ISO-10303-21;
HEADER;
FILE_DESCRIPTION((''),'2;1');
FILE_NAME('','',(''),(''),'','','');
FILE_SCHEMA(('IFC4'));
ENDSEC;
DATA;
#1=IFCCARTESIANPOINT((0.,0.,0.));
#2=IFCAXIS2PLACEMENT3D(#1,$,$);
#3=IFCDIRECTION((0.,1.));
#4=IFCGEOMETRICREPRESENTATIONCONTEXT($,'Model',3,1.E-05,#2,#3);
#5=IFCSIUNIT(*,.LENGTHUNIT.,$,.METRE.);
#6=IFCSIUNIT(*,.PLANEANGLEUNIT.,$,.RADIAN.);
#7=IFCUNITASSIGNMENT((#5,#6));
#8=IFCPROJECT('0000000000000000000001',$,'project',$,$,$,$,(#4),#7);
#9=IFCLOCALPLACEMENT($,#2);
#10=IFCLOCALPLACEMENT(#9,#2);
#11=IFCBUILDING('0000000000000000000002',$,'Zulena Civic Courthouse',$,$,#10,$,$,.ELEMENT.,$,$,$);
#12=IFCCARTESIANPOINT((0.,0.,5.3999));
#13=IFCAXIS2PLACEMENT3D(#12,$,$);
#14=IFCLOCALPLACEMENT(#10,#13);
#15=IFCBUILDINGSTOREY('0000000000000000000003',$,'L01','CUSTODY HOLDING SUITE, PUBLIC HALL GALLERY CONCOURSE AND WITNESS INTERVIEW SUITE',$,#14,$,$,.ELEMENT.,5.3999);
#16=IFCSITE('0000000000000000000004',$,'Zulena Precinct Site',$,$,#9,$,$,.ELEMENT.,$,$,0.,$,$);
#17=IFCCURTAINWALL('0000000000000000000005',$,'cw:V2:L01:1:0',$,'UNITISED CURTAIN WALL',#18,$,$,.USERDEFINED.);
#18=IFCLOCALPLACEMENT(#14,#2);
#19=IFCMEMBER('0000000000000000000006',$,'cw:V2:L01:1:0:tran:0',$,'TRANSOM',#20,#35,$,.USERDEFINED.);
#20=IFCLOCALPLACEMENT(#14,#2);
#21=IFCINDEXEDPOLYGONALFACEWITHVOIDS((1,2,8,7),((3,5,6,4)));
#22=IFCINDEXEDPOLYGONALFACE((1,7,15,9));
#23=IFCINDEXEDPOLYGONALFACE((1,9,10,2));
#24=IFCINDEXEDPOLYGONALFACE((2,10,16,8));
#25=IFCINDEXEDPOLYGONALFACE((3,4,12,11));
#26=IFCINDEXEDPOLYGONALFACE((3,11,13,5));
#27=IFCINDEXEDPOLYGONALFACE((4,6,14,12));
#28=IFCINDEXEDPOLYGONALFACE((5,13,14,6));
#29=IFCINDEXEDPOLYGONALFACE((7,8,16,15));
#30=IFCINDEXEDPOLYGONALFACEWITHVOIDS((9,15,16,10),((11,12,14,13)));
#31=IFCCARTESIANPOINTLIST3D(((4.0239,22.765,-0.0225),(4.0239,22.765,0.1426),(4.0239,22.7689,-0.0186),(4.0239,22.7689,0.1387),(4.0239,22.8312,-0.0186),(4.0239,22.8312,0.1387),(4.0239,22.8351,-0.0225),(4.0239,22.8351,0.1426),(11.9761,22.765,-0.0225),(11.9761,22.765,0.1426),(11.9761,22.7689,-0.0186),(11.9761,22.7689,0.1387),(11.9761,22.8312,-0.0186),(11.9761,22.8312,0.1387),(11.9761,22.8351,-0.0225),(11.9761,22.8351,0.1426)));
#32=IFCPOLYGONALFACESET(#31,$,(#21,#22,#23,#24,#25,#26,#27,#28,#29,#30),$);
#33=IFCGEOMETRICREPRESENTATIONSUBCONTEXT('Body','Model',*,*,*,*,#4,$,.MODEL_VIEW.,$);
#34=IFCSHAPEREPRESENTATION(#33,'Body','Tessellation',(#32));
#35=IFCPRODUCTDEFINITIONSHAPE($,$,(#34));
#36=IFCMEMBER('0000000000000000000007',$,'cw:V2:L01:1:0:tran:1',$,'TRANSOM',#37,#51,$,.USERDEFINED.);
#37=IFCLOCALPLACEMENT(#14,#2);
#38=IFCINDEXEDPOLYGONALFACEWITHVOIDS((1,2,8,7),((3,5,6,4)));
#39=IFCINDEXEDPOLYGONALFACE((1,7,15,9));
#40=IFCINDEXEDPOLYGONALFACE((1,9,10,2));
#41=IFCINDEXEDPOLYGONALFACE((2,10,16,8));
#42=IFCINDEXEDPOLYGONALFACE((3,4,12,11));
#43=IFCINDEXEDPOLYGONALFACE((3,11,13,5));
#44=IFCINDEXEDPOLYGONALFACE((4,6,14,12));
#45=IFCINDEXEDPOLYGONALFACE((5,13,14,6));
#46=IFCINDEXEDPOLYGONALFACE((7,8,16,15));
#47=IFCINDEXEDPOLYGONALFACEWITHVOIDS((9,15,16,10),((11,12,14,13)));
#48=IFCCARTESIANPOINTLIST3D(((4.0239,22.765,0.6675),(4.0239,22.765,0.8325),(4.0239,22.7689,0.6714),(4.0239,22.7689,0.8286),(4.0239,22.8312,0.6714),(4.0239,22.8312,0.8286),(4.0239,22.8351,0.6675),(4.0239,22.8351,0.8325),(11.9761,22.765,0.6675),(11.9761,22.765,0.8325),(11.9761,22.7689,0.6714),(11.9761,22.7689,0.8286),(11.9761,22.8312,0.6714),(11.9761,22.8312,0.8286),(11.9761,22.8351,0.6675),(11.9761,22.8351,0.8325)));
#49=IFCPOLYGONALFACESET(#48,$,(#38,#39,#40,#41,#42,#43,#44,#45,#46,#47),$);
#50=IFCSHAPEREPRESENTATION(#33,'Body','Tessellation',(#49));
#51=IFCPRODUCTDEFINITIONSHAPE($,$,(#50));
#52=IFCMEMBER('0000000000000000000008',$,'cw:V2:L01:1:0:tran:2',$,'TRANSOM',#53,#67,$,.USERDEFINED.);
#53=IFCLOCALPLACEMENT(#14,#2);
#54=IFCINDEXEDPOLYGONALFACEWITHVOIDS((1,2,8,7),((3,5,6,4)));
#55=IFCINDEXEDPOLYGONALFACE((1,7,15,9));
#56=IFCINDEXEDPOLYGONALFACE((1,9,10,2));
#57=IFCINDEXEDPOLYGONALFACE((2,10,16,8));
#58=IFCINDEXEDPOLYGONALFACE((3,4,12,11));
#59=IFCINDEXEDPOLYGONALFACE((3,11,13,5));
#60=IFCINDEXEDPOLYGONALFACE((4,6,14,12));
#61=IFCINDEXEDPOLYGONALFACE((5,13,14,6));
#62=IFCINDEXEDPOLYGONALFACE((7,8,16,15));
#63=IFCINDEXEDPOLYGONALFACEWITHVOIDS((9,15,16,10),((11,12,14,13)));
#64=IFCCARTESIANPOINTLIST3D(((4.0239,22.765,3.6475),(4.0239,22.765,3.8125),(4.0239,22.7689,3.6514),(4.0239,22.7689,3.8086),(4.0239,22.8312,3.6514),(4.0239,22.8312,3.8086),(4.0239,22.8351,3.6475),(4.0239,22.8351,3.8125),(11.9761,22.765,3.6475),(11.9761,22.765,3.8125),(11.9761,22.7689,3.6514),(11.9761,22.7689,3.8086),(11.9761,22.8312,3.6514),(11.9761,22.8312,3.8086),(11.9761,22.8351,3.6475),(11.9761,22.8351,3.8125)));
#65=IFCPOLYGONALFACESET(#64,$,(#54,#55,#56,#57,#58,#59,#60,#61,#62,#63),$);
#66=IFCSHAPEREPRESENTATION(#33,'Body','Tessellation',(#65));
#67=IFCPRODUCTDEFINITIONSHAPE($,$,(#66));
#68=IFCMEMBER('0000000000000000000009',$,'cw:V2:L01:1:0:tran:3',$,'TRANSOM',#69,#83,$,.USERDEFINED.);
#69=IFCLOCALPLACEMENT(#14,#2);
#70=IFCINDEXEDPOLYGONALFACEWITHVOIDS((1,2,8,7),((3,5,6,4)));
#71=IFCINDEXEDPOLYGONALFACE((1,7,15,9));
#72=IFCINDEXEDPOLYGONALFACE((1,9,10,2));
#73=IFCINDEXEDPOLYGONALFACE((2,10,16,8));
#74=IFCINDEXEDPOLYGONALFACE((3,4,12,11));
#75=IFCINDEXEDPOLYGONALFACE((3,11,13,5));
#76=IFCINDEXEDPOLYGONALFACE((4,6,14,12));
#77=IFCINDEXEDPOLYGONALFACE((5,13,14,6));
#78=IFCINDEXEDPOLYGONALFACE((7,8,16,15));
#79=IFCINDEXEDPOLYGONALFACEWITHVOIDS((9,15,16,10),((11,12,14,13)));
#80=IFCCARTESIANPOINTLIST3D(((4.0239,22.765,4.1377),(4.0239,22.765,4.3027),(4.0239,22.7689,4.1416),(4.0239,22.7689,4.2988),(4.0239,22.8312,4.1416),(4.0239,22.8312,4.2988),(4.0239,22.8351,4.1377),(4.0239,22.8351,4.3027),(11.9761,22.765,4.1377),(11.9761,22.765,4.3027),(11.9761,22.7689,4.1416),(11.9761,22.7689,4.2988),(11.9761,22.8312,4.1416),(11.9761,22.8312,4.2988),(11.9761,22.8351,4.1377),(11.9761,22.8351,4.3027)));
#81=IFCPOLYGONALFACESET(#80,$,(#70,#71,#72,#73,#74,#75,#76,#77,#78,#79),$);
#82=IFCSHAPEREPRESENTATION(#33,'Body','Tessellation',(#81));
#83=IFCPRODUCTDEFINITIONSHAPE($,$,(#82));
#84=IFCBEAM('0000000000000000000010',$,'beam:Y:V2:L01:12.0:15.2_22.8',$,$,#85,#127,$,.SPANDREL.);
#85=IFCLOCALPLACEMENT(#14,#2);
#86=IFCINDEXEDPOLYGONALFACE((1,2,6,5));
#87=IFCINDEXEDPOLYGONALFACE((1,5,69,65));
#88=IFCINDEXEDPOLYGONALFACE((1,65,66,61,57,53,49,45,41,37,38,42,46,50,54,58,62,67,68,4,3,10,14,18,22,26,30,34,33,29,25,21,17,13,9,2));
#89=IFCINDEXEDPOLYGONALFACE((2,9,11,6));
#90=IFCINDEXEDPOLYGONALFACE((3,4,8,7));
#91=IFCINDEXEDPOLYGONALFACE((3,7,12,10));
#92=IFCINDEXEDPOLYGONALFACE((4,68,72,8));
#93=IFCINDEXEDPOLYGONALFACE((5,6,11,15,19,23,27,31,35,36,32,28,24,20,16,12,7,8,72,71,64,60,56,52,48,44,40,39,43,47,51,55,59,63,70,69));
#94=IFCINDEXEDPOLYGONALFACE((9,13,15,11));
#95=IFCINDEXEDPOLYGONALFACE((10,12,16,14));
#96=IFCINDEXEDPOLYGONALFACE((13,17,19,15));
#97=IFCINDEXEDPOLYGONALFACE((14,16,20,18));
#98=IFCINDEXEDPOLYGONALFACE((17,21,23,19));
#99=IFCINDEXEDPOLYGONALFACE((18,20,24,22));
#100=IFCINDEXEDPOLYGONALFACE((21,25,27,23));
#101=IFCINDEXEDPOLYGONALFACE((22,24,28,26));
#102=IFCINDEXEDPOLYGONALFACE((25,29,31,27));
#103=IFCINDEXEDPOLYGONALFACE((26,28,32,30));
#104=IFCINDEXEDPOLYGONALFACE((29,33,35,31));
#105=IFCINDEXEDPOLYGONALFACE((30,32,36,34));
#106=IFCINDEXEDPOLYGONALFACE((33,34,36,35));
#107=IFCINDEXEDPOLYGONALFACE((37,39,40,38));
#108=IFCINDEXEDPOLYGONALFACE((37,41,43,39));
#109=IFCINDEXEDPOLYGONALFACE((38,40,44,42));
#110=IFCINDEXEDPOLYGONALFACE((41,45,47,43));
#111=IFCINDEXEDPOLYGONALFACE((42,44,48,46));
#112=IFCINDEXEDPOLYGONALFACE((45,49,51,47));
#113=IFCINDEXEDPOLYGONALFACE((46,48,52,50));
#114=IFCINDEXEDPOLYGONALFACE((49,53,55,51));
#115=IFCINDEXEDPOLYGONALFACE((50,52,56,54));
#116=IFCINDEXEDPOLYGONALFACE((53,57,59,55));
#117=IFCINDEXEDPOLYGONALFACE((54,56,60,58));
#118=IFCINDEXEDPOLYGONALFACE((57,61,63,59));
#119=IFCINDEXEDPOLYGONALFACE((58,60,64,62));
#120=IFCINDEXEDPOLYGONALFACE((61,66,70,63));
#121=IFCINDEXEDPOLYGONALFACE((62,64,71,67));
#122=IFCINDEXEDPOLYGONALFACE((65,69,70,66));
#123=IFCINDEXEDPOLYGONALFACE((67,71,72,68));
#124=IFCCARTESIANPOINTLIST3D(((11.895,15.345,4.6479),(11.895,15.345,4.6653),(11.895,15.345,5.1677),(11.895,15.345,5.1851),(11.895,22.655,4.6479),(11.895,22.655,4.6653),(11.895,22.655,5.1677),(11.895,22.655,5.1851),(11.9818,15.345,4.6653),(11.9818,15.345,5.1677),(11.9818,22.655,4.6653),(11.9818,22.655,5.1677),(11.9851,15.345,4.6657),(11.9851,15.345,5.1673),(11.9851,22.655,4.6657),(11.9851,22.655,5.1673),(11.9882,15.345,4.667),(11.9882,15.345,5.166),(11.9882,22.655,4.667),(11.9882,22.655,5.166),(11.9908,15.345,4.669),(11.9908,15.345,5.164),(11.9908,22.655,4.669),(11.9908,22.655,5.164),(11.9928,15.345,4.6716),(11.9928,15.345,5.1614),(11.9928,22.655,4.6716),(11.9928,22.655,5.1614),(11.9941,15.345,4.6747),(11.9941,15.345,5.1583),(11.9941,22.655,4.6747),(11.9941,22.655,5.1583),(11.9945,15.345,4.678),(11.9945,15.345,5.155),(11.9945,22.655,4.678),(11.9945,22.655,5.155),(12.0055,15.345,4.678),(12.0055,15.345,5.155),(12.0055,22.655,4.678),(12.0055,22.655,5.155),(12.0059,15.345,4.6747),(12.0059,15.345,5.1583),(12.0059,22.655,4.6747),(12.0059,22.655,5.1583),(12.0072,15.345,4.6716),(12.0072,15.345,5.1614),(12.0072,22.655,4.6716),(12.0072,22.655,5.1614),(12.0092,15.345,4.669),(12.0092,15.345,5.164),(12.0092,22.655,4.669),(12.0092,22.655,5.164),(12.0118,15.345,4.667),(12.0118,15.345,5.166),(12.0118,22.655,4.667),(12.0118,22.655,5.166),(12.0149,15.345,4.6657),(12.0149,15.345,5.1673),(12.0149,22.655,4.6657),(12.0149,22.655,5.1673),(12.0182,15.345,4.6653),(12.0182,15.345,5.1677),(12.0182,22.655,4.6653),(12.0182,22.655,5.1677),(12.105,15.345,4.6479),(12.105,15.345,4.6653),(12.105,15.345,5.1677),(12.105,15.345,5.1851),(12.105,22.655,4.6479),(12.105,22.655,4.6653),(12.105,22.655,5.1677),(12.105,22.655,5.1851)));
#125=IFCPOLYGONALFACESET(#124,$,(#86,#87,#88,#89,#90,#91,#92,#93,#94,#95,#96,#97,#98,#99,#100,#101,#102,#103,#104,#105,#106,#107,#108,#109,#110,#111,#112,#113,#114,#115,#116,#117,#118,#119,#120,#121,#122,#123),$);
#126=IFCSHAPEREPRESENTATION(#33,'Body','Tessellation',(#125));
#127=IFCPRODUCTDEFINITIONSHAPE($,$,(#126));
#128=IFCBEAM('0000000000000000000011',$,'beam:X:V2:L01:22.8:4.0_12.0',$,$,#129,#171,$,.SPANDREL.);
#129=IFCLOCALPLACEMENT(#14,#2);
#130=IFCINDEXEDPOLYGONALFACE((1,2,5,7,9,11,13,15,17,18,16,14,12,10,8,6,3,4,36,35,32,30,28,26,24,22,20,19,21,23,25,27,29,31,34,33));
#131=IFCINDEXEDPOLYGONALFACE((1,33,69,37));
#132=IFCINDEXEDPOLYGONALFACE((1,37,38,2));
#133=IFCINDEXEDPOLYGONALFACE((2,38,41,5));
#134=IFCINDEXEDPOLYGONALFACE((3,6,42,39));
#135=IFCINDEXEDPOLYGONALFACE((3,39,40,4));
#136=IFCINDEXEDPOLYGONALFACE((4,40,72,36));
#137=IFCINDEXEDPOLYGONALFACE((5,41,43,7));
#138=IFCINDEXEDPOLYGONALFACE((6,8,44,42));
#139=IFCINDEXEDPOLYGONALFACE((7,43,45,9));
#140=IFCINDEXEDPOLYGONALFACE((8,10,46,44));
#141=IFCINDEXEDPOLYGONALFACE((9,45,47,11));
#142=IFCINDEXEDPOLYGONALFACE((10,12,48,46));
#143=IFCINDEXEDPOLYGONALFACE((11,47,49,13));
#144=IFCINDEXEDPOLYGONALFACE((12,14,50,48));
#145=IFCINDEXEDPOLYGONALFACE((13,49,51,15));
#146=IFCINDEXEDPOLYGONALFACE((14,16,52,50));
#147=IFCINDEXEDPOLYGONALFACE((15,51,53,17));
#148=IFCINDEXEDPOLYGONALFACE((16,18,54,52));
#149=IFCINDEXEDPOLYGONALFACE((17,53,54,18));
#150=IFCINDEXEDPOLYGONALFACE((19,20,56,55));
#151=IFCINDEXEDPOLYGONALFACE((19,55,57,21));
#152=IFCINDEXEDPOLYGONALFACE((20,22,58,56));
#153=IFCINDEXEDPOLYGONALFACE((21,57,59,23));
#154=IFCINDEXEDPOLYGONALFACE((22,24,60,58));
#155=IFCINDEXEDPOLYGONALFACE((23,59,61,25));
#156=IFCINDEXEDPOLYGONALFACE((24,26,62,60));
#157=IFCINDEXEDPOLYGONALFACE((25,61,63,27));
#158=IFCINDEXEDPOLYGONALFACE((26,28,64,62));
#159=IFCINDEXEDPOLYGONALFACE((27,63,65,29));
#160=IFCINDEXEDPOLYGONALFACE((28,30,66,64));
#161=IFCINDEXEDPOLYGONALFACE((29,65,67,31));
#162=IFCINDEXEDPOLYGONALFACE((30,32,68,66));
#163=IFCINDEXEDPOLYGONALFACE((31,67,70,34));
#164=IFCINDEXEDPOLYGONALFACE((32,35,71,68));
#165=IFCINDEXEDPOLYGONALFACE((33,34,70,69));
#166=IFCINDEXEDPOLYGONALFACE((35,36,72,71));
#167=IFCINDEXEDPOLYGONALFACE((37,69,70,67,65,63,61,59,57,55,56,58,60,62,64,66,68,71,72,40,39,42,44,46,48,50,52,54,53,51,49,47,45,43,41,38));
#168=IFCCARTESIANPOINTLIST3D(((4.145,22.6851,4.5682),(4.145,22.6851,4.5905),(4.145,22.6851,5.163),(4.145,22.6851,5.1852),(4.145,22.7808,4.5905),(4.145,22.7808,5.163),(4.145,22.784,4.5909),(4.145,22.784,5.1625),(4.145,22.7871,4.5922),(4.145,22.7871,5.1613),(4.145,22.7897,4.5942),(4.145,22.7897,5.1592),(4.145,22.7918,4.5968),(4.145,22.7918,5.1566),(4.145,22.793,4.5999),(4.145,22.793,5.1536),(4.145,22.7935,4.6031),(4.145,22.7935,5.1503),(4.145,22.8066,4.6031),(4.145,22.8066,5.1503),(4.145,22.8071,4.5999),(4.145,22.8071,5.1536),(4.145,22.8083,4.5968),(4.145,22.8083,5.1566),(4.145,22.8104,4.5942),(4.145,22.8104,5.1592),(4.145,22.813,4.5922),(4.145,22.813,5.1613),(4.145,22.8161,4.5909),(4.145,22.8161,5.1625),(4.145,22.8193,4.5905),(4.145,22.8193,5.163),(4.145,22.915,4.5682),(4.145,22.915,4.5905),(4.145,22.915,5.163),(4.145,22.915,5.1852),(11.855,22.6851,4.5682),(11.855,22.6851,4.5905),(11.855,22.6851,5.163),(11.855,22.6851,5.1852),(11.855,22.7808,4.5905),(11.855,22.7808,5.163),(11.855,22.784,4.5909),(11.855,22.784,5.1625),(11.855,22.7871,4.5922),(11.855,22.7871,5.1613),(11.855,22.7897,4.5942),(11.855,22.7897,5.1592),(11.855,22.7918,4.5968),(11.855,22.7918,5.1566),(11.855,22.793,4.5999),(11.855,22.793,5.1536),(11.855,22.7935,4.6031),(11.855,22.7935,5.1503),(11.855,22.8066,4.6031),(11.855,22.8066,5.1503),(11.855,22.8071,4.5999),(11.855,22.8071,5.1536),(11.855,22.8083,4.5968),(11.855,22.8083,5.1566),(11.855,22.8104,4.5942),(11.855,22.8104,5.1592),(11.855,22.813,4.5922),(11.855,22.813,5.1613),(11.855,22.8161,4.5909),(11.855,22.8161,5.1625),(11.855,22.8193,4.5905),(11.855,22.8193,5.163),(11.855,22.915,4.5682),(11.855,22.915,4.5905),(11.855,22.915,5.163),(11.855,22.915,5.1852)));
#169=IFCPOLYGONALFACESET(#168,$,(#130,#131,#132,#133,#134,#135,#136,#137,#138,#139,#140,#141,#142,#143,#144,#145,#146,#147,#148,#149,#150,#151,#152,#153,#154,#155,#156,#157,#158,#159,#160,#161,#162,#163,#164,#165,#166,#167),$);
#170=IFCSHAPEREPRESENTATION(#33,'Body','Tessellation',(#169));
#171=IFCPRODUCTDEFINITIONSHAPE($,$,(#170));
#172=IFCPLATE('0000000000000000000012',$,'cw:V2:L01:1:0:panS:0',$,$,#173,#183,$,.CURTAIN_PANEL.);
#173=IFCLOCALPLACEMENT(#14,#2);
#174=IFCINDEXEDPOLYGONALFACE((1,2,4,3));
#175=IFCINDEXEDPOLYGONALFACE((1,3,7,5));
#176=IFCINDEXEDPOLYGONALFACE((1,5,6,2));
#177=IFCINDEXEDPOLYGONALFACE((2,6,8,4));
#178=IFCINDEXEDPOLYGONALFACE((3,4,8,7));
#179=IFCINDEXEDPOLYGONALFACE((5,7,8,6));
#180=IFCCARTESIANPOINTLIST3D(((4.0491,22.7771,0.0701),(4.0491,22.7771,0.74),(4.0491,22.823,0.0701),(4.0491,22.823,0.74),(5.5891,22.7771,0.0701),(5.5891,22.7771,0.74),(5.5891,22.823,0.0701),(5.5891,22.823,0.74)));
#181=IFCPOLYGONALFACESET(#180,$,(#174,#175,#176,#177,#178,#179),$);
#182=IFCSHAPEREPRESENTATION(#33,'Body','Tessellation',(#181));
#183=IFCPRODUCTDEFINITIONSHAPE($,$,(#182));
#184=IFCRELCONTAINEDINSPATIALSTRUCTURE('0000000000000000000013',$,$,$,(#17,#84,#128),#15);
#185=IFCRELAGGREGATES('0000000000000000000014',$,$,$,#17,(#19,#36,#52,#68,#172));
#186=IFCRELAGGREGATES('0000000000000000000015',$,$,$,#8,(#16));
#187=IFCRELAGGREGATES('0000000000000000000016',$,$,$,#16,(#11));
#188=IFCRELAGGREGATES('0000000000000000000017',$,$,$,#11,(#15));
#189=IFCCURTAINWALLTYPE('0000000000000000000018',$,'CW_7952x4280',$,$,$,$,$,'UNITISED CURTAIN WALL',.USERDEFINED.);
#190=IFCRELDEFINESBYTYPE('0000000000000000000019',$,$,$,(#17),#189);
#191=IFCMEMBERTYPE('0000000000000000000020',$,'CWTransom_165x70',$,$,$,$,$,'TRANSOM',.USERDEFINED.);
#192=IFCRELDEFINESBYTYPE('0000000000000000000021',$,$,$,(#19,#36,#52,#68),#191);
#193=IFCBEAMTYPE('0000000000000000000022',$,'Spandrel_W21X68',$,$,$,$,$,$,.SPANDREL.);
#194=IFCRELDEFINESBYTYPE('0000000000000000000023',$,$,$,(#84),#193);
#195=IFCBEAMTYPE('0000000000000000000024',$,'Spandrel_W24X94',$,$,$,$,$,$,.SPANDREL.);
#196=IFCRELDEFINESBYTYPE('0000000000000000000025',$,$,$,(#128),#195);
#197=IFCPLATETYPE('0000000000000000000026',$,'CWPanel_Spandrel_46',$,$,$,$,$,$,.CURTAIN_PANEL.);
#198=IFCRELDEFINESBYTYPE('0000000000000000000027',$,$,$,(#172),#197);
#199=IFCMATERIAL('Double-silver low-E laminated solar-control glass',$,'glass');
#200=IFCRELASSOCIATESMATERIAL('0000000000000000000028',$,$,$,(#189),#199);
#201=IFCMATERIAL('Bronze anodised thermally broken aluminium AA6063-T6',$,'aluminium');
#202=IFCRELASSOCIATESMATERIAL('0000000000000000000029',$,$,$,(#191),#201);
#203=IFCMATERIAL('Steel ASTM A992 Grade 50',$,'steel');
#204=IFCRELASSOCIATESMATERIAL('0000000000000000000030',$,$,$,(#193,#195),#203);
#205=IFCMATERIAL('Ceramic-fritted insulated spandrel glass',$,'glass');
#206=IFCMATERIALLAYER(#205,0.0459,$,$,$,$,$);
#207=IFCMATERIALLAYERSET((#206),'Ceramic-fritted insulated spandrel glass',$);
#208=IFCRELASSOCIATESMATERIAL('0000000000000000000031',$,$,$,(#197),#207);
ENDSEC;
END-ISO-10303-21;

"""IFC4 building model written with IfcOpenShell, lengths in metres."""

from ifc_helpers import new_model, si_unit, direction, frame, origin, origin_2d, place, context, subcontext, project, spatial, rectangle, hollow_rectangle, i_section, extrude, material, layer, layer_set, material_profile, profile_set, type_object, element, aggregate, save


model = new_model("IFC4")

# Units and contexts
model_context = context("Model", 3, precision=1e-05, world=origin(), true_north=direction((0.0, 1.0)))
body_context = subcontext(model_context, "Body", "Model", "MODEL_VIEW")
ifc_project = project(units=[si_unit("LENGTHUNIT", "METRE"), si_unit("PLANEANGLEUNIT", "RADIAN")], contexts=[model_context])

# Site, building, storey
site_placement = place(None, origin())
site = spatial("IfcSite", under=ifc_project, at=site_placement, Name="Zulena Precinct Site", CompositionType="ELEMENT", RefElevation=0.0)
building_placement = place(site_placement, origin())
building = spatial("IfcBuilding", under=site, at=building_placement, Name="Zulena Civic Courthouse", CompositionType="ELEMENT")
storey_placement = place(building_placement, frame((0.0, 0.0, 5.3999)))
storey = spatial("IfcBuildingStorey", under=building, at=storey_placement, Name="L01", Description="CUSTODY HOLDING SUITE, PUBLIC HALL GALLERY CONCOURSE AND WITNESS INTERVIEW SUITE", CompositionType="ELEMENT", Elevation=5.3999)

# Shared definitions
ifc_material_1 = material(Name="Steel ASTM A992 Grade 50", Category="steel")

# Curtain wall, members
ifc_material_2 = material(Name="Double-silver low-E laminated solar-control glass", Category="glass")
curtain_wall_type = type_object("IfcCurtainWallType", Name="CW_7952x4280", ElementType="UNITISED CURTAIN WALL", PredefinedType="USERDEFINED", material=ifc_material_2)
curtain_wall_placement = place(storey_placement, origin())
curtain_wall = element("IfcCurtainWall", 1, at=curtain_wall_placement, inside=storey, type_object=curtain_wall_type, Name="cw:V2:L01:1:0", ObjectType="UNITISED CURTAIN WALL", PredefinedType="USERDEFINED")
ifc_material_3 = material(Name="Bronze anodised thermally broken aluminium AA6063-T6", Category="aluminium")
ifc_material_profile_1 = material_profile(ifc_material_3, hollow_rectangle(XDim=0.0701, YDim=0.165, WallThickness=0.0039, at=origin_2d()), Name="CWT165X70X4")
ifc_profile_set_1 = profile_set([ifc_material_profile_1], Name="Bronze anodised thermally broken aluminium AA6063-T6")
member_type_1 = type_object("IfcMemberType", Name="CWTransom_165x70", ElementType="TRANSOM", PredefinedType="USERDEFINED", material=ifc_profile_set_1)
member_1_placement = place(storey_placement, frame((4.0239, 22.8, 0.0601), z_axis=(1.0, 0.0, 0.0), x_axis=(0.0, 1.0, 0.0)))
member_1 = element("IfcMember", 2, at=member_1_placement, type_object=member_type_1, Name="cw:V2:L01:1:0:tran:0", ObjectType="TRANSOM", PredefinedType="USERDEFINED", context=body_context, shape_type="SweptSolid", body=[
    extrude(hollow_rectangle(XDim=0.0701, YDim=0.165, WallThickness=0.0039, at=origin_2d()), origin(), (0.0, 0.0, 1.0), 7.9521),
])
member_2_placement = place(storey_placement, frame((4.0239, 22.8, 0.75), z_axis=(1.0, 0.0, 0.0), x_axis=(0.0, 1.0, 0.0)))
member_2 = element("IfcMember", 3, at=member_2_placement, type_object=member_type_1, Name="cw:V2:L01:1:0:tran:1", ObjectType="TRANSOM", PredefinedType="USERDEFINED", context=body_context, shape_type="SweptSolid", body=[
    extrude(hollow_rectangle(XDim=0.0701, YDim=0.165, WallThickness=0.0039, at=origin_2d()), origin(), (0.0, 0.0, 1.0), 7.9521),
])
member_3_placement = place(storey_placement, frame((4.0239, 22.8, 3.73), z_axis=(1.0, 0.0, 0.0), x_axis=(0.0, 1.0, 0.0)))
member_3 = element("IfcMember", 4, at=member_3_placement, type_object=member_type_1, Name="cw:V2:L01:1:0:tran:2", ObjectType="TRANSOM", PredefinedType="USERDEFINED", context=body_context, shape_type="SweptSolid", body=[
    extrude(hollow_rectangle(XDim=0.0701, YDim=0.165, WallThickness=0.0039, at=origin_2d()), origin(), (0.0, 0.0, 1.0), 7.9521),
])
member_4_placement = place(storey_placement, frame((4.0239, 22.8, 4.2202), z_axis=(1.0, 0.0, 0.0), x_axis=(0.0, 1.0, 0.0)))
member_4 = element("IfcMember", 5, at=member_4_placement, type_object=member_type_1, Name="cw:V2:L01:1:0:tran:3", ObjectType="TRANSOM", PredefinedType="USERDEFINED", context=body_context, shape_type="SweptSolid", body=[
    extrude(hollow_rectangle(XDim=0.0701, YDim=0.165, WallThickness=0.0039, at=origin_2d()), origin(), (0.0, 0.0, 1.0), 7.9521),
])

# Beams
ifc_material_profile_2 = material_profile(ifc_material_1, i_section(OverallWidth=0.21, OverallDepth=0.5371, WebThickness=0.011, FlangeThickness=0.0173, FilletRadius=0.0127, at=origin_2d()), Name="W21X68")
ifc_profile_set_2 = profile_set([ifc_material_profile_2], Name="Steel ASTM A992 Grade 50")
beam_type_1 = type_object("IfcBeamType", Name="Spandrel_W21X68", PredefinedType="SPANDREL", material=ifc_profile_set_2)
beam_1_placement = place(storey_placement, frame((12.0, 15.345, 4.9165), z_axis=(0.0, 1.0, 0.0), x_axis=(-1.0, 0.0, 0.0)))
element("IfcBeam", 6, at=beam_1_placement, inside=storey, type_object=beam_type_1, Name="beam:Y:V2:L01:12.0:15.2_22.8", PredefinedType="SPANDREL", context=body_context, shape_type="SweptSolid", body=[
    extrude(i_section(OverallWidth=0.21, OverallDepth=0.5371, WebThickness=0.011, FlangeThickness=0.0173, FilletRadius=0.0127, at=origin_2d()), origin(), (0.0, 0.0, 1.0), 7.3101),
])
ifc_material_profile_3 = material_profile(ifc_material_1, i_section(OverallWidth=0.23, OverallDepth=0.6169, WebThickness=0.0132, FlangeThickness=0.0222, FilletRadius=0.0127, at=origin_2d()), Name="W24X94")
ifc_profile_set_3 = profile_set([ifc_material_profile_3], Name="Steel ASTM A992 Grade 50")
beam_type_2 = type_object("IfcBeamType", Name="Spandrel_W24X94", PredefinedType="SPANDREL", material=ifc_profile_set_3)
beam_2_placement = place(storey_placement, frame((4.145, 22.8, 4.8767), z_axis=(1.0, 0.0, 0.0), x_axis=(0.0, 1.0, 0.0)))
element("IfcBeam", 7, at=beam_2_placement, inside=storey, type_object=beam_type_2, Name="beam:X:V2:L01:22.8:4.0_12.0", PredefinedType="SPANDREL", context=body_context, shape_type="SweptSolid", body=[
    extrude(i_section(OverallWidth=0.23, OverallDepth=0.6169, WebThickness=0.0132, FlangeThickness=0.0222, FilletRadius=0.0127, at=origin_2d()), origin(), (0.0, 0.0, 1.0), 7.71),
])

# Plate
ifc_material_4 = material(Name="Ceramic-fritted insulated spandrel glass", Category="glass")
ifc_layer_1 = layer(ifc_material_4, 0.0459)
ifc_layer_set_1 = layer_set([ifc_layer_1], Name="Ceramic-fritted insulated spandrel glass")
plate_type_1 = type_object("IfcPlateType", Name="CWPanel_Spandrel_46", PredefinedType="CURTAIN_PANEL", material=ifc_layer_set_1)
plate_1_placement = place(storey_placement, frame((4.8191, 22.8, 0.0701), z_axis=(0.0, 0.0, 1.0), x_axis=(1.0, 0.0, 0.0)))
plate_1 = element("IfcPlate", 8, at=plate_1_placement, type_object=plate_type_1, Name="cw:V2:L01:1:0:panS:0", PredefinedType="CURTAIN_PANEL", context=body_context, shape_type="SweptSolid", body=[
    extrude(rectangle(XDim=1.54, YDim=0.0459, at=origin_2d()), origin(), (0.0, 0.0, 1.0), 0.6699),
])
aggregate(curtain_wall, [member_1, member_2, member_3, member_4, plate_1])

save(model, "model.ifc")
